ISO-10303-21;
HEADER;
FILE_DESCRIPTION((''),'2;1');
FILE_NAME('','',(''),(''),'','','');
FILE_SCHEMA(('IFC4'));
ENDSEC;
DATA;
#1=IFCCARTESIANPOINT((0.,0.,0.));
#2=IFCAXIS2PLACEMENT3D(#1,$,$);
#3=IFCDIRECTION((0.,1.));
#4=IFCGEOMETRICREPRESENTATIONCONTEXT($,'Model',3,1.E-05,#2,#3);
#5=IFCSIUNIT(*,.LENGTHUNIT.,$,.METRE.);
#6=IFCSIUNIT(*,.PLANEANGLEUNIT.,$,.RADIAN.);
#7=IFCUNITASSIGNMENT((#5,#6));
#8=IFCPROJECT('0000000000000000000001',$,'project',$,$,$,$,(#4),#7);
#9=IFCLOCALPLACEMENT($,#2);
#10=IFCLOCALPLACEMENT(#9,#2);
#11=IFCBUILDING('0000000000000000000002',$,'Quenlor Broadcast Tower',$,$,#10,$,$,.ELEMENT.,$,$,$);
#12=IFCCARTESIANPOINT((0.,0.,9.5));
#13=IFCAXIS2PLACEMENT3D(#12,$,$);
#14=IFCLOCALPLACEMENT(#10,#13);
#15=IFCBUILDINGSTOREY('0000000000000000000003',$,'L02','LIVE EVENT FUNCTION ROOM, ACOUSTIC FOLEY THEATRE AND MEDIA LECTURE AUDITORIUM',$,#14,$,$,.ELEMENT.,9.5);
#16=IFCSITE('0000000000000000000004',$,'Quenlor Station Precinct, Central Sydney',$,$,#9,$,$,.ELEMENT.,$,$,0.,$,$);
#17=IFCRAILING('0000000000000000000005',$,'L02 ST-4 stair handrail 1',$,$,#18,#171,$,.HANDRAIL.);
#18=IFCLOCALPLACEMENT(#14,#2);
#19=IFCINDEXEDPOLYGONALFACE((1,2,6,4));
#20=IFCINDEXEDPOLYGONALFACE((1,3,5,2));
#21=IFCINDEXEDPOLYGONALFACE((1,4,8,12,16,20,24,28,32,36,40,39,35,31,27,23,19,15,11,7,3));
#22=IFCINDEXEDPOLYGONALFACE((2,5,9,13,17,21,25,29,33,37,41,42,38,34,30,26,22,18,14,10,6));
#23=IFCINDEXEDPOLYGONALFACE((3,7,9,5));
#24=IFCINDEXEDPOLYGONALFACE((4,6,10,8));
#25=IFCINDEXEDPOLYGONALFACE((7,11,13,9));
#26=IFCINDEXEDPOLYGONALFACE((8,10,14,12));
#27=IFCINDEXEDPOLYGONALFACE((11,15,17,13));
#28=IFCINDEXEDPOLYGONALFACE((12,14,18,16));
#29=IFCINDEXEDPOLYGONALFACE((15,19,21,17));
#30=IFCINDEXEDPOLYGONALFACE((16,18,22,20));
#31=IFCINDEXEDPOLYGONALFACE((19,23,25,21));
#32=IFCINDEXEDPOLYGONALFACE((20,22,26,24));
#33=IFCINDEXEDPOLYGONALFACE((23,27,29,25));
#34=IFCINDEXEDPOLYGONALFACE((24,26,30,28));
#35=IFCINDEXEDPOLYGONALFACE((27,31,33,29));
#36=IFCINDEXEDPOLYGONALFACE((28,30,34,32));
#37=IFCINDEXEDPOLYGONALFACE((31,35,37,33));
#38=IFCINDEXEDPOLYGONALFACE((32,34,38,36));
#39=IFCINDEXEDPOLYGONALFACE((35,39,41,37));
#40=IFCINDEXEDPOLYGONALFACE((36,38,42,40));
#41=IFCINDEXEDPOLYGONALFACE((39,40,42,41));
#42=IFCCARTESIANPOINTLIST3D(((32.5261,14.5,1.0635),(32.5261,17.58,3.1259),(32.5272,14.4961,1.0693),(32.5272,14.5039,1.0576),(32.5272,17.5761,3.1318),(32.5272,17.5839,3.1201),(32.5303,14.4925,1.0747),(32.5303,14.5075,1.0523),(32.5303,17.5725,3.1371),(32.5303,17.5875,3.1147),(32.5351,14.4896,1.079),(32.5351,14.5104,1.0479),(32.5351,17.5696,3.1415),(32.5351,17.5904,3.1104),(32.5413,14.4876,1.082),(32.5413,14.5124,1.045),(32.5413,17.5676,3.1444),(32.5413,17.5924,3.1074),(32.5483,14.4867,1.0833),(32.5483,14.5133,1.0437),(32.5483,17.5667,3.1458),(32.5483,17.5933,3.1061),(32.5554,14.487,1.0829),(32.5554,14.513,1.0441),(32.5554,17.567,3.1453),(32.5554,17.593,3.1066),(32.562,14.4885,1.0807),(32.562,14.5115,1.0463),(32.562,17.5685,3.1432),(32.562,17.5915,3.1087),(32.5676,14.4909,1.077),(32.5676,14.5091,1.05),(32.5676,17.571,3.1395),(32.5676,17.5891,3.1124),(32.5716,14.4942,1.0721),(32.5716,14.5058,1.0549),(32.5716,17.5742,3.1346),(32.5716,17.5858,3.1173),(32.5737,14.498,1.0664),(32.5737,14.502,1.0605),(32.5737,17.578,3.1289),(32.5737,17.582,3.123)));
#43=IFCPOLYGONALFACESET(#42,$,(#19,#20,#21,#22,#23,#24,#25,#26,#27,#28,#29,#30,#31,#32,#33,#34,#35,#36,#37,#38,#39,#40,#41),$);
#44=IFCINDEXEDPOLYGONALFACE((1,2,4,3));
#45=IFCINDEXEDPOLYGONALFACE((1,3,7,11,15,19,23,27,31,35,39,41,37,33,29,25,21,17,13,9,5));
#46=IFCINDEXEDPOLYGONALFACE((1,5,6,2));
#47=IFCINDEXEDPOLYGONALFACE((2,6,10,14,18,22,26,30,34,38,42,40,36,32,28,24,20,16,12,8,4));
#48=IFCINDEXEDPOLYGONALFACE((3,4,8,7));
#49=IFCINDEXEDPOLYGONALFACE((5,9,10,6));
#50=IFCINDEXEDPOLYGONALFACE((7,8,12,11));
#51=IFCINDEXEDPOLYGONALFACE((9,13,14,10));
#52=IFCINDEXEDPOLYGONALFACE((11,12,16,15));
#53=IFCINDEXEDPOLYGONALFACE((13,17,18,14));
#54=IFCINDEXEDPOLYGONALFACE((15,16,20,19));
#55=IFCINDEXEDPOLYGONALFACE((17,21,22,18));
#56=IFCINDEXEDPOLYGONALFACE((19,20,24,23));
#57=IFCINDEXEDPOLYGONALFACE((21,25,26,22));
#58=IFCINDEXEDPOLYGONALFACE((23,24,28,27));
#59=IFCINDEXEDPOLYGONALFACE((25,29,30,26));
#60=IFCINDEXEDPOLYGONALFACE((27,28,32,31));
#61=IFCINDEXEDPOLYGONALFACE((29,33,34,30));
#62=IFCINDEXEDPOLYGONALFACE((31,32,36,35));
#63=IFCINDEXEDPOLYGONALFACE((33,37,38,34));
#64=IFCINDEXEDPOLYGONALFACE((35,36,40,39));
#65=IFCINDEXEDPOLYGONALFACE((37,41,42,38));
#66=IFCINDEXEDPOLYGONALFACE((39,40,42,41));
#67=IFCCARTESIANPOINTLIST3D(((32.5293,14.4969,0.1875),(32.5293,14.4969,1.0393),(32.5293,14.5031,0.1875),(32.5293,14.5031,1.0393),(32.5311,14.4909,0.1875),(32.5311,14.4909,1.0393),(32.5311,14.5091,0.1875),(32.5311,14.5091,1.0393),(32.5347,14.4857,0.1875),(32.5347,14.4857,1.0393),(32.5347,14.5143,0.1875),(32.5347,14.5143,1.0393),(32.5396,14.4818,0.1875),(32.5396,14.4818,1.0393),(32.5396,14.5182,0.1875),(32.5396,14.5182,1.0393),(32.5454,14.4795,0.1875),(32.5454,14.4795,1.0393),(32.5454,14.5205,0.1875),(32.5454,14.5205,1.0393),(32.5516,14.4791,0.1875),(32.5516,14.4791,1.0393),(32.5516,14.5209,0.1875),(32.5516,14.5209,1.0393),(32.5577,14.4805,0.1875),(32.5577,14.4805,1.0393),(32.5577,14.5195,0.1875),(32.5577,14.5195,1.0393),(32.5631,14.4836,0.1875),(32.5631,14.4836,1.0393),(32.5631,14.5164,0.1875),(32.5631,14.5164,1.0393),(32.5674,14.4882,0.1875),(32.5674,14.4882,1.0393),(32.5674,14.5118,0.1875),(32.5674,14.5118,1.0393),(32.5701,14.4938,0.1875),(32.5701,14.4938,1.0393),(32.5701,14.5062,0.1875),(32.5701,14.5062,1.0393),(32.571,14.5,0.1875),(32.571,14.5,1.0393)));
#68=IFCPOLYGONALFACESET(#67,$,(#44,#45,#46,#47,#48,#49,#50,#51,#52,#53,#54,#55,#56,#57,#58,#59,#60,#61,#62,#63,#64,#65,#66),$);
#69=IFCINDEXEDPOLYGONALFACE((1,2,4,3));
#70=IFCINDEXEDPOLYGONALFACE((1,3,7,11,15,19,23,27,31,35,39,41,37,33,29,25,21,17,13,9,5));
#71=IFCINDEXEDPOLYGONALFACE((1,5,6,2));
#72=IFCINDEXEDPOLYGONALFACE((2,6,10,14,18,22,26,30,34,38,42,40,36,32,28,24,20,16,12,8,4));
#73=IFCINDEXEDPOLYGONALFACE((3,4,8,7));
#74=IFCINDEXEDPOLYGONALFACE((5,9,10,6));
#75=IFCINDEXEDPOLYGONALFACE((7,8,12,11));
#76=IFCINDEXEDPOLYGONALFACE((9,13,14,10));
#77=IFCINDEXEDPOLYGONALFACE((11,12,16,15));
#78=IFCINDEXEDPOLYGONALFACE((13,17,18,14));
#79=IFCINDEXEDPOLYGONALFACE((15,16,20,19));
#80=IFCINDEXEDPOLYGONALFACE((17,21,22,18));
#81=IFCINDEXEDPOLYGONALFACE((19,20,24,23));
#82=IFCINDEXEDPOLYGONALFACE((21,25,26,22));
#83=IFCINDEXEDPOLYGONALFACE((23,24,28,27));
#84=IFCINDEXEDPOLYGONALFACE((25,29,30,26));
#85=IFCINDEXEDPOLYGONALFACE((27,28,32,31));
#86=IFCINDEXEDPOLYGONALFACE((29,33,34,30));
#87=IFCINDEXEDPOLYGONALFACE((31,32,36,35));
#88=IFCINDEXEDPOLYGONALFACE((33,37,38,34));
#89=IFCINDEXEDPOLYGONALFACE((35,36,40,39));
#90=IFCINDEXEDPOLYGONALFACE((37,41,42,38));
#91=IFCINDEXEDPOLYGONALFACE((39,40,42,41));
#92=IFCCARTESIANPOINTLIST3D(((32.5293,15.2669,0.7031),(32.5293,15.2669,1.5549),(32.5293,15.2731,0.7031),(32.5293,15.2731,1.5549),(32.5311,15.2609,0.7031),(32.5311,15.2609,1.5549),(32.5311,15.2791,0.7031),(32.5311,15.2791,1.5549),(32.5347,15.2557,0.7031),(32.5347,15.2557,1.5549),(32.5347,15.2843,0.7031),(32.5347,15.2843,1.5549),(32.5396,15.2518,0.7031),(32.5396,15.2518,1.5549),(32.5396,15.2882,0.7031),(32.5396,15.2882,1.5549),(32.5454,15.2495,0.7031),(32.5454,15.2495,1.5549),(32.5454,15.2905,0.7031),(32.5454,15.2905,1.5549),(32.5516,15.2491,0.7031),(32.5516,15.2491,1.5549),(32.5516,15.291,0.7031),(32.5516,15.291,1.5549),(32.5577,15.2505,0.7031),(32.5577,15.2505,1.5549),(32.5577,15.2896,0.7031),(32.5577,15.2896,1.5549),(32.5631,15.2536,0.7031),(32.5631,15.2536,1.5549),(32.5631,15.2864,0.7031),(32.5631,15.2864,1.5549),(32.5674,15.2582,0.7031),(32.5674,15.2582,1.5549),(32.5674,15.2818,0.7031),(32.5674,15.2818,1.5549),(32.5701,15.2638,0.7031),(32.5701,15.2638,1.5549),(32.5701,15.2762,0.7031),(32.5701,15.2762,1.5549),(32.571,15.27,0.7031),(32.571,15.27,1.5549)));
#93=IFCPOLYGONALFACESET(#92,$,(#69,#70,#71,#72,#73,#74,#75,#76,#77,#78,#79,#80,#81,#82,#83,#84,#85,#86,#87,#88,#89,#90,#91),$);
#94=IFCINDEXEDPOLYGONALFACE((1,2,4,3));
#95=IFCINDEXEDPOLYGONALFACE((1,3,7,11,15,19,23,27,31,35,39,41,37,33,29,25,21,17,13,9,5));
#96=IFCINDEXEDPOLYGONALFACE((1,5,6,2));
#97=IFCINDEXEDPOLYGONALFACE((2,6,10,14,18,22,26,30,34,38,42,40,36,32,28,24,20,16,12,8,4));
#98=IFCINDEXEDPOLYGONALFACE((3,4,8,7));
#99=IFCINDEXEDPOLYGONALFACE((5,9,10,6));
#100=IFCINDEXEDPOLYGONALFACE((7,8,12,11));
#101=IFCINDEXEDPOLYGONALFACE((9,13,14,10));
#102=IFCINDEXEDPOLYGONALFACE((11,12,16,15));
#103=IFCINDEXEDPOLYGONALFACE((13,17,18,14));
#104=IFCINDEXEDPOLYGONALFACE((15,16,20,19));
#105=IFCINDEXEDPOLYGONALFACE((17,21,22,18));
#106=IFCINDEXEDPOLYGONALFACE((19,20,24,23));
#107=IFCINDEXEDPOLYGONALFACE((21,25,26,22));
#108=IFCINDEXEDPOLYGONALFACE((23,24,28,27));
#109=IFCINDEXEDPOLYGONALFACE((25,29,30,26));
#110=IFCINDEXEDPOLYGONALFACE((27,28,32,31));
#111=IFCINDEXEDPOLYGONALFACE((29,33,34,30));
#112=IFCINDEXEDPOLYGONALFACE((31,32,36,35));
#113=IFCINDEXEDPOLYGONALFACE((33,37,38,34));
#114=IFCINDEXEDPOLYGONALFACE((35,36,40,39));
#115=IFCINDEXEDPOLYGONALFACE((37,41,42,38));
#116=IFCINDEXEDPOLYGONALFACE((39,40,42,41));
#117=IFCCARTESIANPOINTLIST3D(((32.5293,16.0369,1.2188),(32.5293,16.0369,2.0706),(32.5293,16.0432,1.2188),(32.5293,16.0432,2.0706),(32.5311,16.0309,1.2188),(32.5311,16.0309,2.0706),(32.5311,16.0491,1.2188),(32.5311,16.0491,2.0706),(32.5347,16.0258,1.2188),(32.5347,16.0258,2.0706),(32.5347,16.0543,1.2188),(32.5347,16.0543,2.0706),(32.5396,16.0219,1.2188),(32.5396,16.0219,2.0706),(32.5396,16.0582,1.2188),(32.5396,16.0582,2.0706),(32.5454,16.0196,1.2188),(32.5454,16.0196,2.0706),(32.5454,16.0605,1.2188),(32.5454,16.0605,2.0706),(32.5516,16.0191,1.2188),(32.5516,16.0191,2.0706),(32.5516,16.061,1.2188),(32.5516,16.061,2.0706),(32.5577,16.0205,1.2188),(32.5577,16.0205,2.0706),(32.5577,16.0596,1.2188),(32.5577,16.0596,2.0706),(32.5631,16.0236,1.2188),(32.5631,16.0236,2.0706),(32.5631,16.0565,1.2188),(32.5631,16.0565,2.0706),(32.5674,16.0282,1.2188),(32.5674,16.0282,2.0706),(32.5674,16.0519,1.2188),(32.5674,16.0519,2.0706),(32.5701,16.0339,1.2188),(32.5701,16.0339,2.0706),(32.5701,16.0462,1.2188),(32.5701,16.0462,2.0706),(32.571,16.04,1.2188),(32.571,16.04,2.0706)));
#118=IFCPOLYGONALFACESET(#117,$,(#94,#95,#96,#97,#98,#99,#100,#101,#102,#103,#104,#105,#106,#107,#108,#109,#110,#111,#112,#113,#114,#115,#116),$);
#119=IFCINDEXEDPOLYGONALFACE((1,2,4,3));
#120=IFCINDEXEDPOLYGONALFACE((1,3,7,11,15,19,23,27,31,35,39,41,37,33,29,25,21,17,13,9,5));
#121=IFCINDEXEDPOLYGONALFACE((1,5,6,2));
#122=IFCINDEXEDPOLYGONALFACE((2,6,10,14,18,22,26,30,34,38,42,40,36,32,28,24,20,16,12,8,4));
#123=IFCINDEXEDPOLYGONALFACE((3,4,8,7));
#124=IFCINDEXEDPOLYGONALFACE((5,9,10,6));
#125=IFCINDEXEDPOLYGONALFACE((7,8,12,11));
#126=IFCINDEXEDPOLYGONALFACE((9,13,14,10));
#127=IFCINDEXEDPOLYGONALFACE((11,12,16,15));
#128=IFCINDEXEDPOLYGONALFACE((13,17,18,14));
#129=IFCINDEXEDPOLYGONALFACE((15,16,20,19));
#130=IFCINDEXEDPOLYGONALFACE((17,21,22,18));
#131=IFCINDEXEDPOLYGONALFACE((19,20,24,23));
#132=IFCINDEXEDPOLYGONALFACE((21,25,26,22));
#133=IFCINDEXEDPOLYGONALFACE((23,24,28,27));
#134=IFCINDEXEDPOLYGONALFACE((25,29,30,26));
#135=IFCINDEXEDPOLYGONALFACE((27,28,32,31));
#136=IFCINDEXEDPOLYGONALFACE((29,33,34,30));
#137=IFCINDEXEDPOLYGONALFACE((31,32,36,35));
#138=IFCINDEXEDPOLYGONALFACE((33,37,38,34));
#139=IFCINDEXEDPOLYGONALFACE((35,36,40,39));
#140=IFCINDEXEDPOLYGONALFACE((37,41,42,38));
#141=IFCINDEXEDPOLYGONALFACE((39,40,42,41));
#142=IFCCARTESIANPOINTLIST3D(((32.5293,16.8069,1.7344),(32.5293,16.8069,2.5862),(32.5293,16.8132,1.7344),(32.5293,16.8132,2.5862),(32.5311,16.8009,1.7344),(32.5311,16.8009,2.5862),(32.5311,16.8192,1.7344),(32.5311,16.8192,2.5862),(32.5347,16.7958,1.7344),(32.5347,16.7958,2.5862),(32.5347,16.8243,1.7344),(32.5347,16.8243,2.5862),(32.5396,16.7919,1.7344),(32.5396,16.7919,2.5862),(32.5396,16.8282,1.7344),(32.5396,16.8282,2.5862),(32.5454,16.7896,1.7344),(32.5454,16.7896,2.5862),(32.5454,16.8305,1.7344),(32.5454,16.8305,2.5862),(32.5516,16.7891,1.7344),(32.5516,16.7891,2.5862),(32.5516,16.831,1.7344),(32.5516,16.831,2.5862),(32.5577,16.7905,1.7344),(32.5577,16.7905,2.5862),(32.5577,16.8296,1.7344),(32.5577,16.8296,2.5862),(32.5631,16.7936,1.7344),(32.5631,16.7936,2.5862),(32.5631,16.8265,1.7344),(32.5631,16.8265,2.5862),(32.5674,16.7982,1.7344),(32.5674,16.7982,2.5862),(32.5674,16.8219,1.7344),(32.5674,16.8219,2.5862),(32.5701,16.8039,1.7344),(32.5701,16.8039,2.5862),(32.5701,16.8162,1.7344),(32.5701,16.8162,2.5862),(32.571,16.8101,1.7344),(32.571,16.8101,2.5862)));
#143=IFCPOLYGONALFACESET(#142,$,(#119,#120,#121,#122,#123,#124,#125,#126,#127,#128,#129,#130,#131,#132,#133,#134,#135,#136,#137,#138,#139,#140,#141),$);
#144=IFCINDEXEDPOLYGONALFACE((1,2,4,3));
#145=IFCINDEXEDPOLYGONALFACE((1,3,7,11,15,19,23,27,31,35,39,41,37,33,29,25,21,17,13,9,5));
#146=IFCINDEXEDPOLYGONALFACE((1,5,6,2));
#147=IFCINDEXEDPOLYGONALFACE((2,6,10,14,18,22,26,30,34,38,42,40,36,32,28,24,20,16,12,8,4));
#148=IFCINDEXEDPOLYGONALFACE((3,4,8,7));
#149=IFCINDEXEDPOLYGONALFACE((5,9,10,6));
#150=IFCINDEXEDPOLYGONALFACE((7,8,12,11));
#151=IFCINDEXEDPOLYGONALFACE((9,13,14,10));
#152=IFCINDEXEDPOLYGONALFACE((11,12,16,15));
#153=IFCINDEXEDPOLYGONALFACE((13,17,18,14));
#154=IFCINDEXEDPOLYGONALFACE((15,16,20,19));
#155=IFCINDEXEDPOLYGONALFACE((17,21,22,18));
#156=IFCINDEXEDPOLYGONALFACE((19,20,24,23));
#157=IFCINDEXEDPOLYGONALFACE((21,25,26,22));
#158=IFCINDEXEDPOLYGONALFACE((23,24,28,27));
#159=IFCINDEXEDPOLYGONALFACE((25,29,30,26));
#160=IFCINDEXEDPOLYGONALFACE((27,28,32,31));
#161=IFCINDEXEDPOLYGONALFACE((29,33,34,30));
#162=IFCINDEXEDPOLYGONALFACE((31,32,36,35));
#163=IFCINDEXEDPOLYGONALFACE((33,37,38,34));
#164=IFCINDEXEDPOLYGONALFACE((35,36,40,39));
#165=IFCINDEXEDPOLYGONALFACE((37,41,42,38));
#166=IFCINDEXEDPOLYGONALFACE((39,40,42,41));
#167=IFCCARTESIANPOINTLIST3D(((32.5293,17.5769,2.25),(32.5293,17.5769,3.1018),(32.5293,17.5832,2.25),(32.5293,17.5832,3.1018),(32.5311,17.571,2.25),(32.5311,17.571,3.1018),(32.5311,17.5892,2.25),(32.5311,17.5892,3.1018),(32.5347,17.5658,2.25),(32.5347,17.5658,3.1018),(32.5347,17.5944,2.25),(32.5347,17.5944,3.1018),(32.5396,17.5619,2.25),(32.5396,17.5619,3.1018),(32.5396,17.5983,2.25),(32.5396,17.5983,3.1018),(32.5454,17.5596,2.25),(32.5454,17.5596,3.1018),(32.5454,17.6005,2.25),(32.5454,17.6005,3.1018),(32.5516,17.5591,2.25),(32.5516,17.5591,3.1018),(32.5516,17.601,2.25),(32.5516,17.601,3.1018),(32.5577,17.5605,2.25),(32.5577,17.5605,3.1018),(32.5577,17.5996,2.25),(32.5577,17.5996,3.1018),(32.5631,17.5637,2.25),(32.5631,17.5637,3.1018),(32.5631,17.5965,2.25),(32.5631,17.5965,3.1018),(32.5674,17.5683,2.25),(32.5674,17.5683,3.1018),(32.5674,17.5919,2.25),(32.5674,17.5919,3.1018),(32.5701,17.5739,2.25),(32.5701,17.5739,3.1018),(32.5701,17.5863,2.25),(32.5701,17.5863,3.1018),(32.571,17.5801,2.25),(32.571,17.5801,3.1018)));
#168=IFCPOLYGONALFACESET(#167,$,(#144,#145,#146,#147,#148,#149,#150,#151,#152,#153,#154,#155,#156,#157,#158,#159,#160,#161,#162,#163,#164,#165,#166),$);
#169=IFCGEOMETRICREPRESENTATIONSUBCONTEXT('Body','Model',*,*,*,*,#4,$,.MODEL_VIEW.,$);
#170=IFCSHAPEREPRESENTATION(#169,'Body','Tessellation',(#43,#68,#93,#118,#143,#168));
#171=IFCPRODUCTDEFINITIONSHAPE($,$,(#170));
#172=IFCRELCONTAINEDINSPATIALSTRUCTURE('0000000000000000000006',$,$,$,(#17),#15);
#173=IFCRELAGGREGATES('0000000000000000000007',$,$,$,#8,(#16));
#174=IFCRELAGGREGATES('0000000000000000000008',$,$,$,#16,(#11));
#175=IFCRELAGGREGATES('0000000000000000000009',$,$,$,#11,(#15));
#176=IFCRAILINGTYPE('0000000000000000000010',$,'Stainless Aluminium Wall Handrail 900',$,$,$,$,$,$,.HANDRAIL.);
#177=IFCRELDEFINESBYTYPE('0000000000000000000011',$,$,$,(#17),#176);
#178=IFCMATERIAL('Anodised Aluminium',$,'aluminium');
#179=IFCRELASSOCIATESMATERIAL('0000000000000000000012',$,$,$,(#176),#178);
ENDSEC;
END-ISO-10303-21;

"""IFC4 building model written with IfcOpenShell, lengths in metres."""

from ifc_helpers import new_model, si_unit, direction, frame, origin, origin_2d, place, context, subcontext, project, spatial, circle, extrude, material, type_object, element, save


model = new_model("IFC4")

# Units and contexts
model_context = context("Model", 3, precision=1e-05, world=origin(), true_north=direction((0.0, 1.0)))
body_context = subcontext(model_context, "Body", "Model", "MODEL_VIEW")
ifc_project = project(units=[si_unit("LENGTHUNIT", "METRE"), si_unit("PLANEANGLEUNIT", "RADIAN")], contexts=[model_context])

# Site, building, storey
site_placement = place(None, origin())
site = spatial("IfcSite", under=ifc_project, at=site_placement, Name="Quenlor Station Precinct, Central Sydney", CompositionType="ELEMENT", RefElevation=0.0)
building_placement = place(site_placement, origin())
building = spatial("IfcBuilding", under=site, at=building_placement, Name="Quenlor Broadcast Tower", CompositionType="ELEMENT")
storey_placement = place(building_placement, frame((0.0, 0.0, 9.5)))
storey = spatial("IfcBuildingStorey", under=building, at=storey_placement, Name="L02", Description="LIVE EVENT FUNCTION ROOM, ACOUSTIC FOLEY THEATRE AND MEDIA LECTURE AUDITORIUM", CompositionType="ELEMENT", Elevation=9.5)

# Railing
ifc_material_1 = material(Name="Anodised Aluminium", Category="aluminium")
railing_type_1 = type_object("IfcRailingType", Name="Stainless Aluminium Wall Handrail 900", PredefinedType="HANDRAIL", material=ifc_material_1)
railing_1_placement = place(storey_placement, frame((32.55, 14.5, 0.1875)))
element("IfcRailing", 1, at=railing_1_placement, inside=storey, type_object=railing_type_1, Name="L02 ST-4 stair handrail 1", PredefinedType="HANDRAIL", context=body_context, shape_type="SweptSolid", body=[
    extrude(circle(Radius=0.0239, at=origin_2d()), frame((0.0, 0.0, 0.876), z_axis=(0.0, 0.830914, 0.556401), x_axis=(-1.0, 0.0, 0.0)), (0.0, 0.0, 1.0), 3.7068),
    extrude(circle(Radius=0.021, at=origin_2d()), origin(), (0.0, 0.0, 1.0), 0.8518),
    extrude(circle(Radius=0.021, at=origin_2d()), frame((0.0, 0.77, 0.5156)), (0.0, 0.0, 1.0), 0.8518),
    extrude(circle(Radius=0.021, at=origin_2d()), frame((0.0, 1.54, 1.0312)), (0.0, 0.0, 1.0), 0.8518),
    extrude(circle(Radius=0.021, at=origin_2d()), frame((0.0, 2.3101, 1.5469)), (0.0, 0.0, 1.0), 0.8518),
    extrude(circle(Radius=0.021, at=origin_2d()), frame((0.0, 3.0801, 2.0625)), (0.0, 0.0, 1.0), 0.8518),
])

save(model, "model.ifc")
